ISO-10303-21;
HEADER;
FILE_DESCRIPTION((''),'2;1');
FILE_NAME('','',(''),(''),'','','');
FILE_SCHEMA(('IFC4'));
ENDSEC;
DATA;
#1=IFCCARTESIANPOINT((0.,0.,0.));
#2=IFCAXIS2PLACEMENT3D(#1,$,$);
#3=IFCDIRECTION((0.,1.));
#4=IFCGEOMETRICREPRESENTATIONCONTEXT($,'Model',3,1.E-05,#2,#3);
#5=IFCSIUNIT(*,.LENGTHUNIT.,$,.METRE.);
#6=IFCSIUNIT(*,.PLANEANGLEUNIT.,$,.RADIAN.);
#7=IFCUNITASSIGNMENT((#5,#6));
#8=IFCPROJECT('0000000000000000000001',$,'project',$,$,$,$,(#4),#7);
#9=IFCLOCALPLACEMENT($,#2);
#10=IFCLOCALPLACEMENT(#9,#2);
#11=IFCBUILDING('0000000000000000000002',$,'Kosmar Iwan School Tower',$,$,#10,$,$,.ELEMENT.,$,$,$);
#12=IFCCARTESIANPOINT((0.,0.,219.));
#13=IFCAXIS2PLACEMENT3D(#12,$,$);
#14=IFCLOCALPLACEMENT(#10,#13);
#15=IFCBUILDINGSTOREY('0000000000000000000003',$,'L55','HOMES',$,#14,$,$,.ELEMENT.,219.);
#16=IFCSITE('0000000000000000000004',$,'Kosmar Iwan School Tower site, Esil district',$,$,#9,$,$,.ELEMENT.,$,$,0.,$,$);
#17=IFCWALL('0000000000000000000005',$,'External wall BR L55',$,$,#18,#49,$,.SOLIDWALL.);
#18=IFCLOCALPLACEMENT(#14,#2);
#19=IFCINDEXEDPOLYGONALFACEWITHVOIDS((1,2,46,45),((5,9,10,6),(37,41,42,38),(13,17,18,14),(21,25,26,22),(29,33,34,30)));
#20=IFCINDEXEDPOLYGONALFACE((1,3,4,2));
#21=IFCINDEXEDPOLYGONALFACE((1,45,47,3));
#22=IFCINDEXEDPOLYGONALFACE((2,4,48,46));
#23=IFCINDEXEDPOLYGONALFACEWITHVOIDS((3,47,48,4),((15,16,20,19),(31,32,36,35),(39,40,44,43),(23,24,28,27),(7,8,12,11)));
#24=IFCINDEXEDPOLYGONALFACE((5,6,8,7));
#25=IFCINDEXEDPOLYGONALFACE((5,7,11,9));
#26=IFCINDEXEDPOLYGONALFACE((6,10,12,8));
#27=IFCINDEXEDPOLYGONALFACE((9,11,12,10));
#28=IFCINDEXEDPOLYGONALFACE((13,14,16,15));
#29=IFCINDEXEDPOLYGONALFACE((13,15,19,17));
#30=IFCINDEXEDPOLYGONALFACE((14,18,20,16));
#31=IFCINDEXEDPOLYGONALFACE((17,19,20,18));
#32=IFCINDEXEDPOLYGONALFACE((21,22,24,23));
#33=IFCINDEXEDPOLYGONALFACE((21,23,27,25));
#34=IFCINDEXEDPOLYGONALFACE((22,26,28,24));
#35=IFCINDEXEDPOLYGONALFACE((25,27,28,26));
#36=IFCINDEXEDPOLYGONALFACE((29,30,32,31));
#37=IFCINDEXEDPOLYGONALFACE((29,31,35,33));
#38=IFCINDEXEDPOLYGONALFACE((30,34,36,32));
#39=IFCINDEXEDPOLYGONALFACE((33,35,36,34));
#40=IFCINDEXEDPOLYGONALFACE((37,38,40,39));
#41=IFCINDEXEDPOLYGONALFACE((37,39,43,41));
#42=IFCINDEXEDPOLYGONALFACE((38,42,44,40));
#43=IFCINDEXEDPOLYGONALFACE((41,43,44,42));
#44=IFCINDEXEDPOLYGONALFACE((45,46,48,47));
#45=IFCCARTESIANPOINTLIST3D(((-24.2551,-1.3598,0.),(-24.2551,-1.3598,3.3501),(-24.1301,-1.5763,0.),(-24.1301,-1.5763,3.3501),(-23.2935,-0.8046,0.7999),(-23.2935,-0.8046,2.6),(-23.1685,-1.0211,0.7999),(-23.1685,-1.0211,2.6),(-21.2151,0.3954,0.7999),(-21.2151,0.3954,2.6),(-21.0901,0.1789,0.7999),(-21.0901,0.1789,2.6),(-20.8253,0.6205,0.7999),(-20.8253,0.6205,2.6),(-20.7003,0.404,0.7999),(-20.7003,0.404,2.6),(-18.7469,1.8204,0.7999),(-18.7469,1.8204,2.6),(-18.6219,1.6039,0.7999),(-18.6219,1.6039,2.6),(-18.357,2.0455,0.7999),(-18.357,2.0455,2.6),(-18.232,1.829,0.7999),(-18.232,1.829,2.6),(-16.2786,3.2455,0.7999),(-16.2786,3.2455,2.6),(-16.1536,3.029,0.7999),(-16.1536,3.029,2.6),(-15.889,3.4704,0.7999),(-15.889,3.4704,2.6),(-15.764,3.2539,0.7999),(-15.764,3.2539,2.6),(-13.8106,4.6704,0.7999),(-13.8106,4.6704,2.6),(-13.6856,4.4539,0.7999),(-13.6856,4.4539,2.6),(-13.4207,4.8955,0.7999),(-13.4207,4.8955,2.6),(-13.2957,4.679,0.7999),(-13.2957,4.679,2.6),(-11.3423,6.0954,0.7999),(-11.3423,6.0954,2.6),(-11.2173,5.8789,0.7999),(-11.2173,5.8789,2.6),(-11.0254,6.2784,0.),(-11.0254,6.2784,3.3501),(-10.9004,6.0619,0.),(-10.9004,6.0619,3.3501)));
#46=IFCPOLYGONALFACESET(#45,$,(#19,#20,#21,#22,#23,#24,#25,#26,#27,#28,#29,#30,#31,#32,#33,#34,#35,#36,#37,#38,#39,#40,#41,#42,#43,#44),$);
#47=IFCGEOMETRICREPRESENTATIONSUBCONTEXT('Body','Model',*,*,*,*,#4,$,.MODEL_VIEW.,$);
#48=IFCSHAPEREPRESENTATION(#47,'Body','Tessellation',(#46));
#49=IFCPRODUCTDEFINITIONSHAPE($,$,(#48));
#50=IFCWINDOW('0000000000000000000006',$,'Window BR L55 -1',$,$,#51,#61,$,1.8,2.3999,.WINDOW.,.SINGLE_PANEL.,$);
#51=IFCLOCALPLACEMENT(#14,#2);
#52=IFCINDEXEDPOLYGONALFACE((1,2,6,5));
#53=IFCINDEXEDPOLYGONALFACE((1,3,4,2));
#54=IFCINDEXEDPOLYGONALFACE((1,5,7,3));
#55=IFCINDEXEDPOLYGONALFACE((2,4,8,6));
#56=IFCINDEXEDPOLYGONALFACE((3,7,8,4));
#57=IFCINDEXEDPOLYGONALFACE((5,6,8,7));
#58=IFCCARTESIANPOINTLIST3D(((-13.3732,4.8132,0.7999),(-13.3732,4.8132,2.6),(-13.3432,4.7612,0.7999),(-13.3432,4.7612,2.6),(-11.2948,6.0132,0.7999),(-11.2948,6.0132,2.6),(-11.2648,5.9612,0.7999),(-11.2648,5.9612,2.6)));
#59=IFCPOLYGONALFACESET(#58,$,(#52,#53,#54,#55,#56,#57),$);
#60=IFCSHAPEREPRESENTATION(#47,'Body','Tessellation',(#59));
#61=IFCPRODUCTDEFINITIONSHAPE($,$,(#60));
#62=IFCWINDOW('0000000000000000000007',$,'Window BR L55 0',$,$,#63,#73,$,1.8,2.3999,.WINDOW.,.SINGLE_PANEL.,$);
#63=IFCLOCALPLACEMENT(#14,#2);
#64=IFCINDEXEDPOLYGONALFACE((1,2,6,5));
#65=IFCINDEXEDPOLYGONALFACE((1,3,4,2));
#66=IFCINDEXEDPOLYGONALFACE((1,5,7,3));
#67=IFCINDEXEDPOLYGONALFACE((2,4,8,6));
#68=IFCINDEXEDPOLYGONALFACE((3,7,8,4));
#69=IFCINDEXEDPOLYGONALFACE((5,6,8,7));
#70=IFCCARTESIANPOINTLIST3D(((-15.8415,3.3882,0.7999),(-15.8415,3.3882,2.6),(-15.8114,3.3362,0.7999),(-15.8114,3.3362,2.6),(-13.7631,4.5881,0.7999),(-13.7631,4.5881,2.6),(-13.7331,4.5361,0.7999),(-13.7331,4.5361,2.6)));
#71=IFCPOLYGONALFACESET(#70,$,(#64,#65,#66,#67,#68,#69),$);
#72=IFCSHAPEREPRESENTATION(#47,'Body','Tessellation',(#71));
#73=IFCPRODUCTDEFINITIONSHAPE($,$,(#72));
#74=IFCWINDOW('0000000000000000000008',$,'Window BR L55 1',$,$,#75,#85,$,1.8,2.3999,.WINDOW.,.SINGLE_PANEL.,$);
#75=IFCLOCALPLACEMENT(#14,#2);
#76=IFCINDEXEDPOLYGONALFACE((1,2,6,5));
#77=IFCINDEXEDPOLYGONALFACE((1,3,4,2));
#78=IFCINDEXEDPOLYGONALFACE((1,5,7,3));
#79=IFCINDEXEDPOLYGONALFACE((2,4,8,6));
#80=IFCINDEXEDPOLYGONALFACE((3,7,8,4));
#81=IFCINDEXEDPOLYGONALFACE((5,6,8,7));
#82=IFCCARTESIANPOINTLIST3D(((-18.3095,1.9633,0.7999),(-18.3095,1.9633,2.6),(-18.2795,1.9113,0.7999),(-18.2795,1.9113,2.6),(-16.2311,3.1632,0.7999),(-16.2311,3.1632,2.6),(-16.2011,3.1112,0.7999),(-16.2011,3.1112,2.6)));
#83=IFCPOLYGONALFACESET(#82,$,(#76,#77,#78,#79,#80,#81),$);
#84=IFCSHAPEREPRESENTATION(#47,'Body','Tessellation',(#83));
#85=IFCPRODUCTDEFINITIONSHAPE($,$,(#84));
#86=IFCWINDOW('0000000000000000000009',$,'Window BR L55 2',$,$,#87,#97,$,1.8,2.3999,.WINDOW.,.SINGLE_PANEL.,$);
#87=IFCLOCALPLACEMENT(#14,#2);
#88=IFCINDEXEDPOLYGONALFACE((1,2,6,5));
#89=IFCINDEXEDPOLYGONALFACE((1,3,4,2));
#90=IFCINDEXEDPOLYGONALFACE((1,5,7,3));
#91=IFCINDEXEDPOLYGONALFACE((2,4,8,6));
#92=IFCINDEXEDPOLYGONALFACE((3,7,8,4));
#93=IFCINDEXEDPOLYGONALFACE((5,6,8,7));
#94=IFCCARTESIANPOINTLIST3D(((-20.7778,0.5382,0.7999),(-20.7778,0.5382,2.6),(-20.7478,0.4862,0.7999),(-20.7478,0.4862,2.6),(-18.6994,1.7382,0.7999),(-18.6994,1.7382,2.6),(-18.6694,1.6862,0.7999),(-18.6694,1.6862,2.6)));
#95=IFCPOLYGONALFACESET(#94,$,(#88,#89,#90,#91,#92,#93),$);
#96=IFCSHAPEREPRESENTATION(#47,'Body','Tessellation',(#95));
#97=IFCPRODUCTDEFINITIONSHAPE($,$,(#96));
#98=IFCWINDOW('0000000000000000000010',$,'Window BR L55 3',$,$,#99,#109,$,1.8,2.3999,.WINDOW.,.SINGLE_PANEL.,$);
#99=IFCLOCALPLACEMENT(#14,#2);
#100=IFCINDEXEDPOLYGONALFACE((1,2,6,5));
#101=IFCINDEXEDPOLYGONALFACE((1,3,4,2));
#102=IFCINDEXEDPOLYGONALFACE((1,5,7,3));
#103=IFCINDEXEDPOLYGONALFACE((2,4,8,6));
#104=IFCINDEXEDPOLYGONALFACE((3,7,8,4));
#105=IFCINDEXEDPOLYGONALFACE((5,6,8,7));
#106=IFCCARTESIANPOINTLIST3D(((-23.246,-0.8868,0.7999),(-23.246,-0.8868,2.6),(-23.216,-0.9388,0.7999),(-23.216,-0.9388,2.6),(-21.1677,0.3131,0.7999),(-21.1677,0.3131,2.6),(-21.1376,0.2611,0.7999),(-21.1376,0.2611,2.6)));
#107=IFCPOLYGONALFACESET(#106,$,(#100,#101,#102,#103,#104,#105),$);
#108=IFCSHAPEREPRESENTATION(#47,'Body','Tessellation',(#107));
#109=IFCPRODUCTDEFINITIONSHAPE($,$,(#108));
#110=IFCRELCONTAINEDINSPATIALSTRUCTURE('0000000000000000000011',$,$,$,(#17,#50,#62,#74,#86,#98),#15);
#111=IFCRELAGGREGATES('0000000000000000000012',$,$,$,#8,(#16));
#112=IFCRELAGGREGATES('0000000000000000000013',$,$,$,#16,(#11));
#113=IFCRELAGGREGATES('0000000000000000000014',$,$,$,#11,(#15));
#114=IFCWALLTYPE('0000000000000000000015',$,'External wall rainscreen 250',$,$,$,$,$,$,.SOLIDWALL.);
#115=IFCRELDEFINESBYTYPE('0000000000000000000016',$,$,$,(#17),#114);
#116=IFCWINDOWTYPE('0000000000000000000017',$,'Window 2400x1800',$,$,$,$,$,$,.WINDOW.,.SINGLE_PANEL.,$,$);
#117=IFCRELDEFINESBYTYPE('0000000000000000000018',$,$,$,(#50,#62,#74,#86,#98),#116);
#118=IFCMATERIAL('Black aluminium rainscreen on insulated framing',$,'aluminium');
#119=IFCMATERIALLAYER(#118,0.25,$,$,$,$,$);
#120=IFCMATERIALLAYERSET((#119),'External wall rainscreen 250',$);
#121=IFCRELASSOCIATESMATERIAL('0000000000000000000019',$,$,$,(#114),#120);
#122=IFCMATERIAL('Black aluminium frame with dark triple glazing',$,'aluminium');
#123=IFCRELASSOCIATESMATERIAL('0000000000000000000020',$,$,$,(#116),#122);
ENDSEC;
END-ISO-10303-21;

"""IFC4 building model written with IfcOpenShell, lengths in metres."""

from ifc_helpers import new_model, si_unit, direction, frame, frame_2d, origin, place, context, subcontext, project, spatial, rectangle, extrude, material, layer, layer_set, type_object, element, fill, save


model = new_model("IFC4")

# Units and contexts
model_context = context("Model", 3, precision=1e-05, world=origin(), true_north=direction((0.0, 1.0)))
body_context = subcontext(model_context, "Body", "Model", "MODEL_VIEW")
ifc_project = project(units=[si_unit("LENGTHUNIT", "METRE"), si_unit("PLANEANGLEUNIT", "RADIAN")], contexts=[model_context])

# Site, building, storey
site_placement = place(None, origin())
site = spatial("IfcSite", under=ifc_project, at=site_placement, Name="Kosmar Iwan School Tower site, Esil district", CompositionType="ELEMENT", RefElevation=0.0)
building_placement = place(site_placement, origin())
building = spatial("IfcBuilding", under=site, at=building_placement, Name="Kosmar Iwan School Tower", CompositionType="ELEMENT")
storey_placement = place(building_placement, frame((0.0, 0.0, 219.0)))
storey = spatial("IfcBuildingStorey", under=building, at=storey_placement, Name="L55", Description="HOMES", CompositionType="ELEMENT", Elevation=219.0)

# Wall, openings, windows
ifc_material_1 = material(Name="Black aluminium rainscreen on insulated framing", Category="aluminium")
ifc_layer_1 = layer(ifc_material_1, 0.25)
ifc_layer_set_1 = layer_set([ifc_layer_1], Name="External wall rainscreen 250")
wall_type_1 = type_object("IfcWallType", Name="External wall rainscreen 250", PredefinedType="SOLIDWALL", material=ifc_layer_set_1)
ifc_material_2 = material(Name="Black aluminium frame with dark triple glazing", Category="aluminium")
window_type = type_object("IfcWindowType", Name="Window 2400x1800", PartitioningType="SINGLE_PANEL", PredefinedType="WINDOW", material=ifc_material_2)
wall_1_placement = place(storey_placement, frame((-10.9629, 6.1702, 0.0), z_axis=(0.0, 0.0, 1.0), x_axis=(-0.866026, -0.5, 0.0)))
wall_1 = element("IfcWall", 1, at=wall_1_placement, inside=storey, type_object=wall_type_1, Name="External wall BR L55", PredefinedType="SOLIDWALL", context=body_context, shape_type="SweptSolid", body=[
    extrude(rectangle(XDim=15.2764, YDim=0.25, at=frame_2d((7.6382, 0.0))), origin(), (0.0, 0.0, 1.0), 3.3501),
])
opening_1_placement = place(wall_1_placement, frame((0.366, 0.0, 0.8)))
opening_1 = element("IfcOpeningElement", 2, at=opening_1_placement, cuts=wall_1, PredefinedType="OPENING", context=body_context, shape_type="SweptSolid", body=[
    extrude(rectangle(XDim=2.3999, YDim=1.8, at=frame_2d((1.2, 0.8999))), frame((0.0, 0.137, 0.0), z_axis=(0.0, -1.0, 0.0), x_axis=(1.0, 0.0, 0.0)), (0.0, 0.0, 1.0), 0.2739),
])
opening_2_placement = place(wall_1_placement, frame((3.2161, 0.0, 0.8)))
opening_2 = element("IfcOpeningElement", 3, at=opening_2_placement, cuts=wall_1, PredefinedType="OPENING", context=body_context, shape_type="SweptSolid", body=[
    extrude(rectangle(XDim=2.3999, YDim=1.8, at=frame_2d((1.2, 0.8999))), frame((0.0, 0.137, 0.0), z_axis=(0.0, -1.0, 0.0), x_axis=(1.0, 0.0, 0.0)), (0.0, 0.0, 1.0), 0.2739),
])
opening_3_placement = place(wall_1_placement, frame((6.0659, 0.0, 0.8)))
opening_3 = element("IfcOpeningElement", 4, at=opening_3_placement, cuts=wall_1, PredefinedType="OPENING", context=body_context, shape_type="SweptSolid", body=[
    extrude(rectangle(XDim=2.3999, YDim=1.8, at=frame_2d((1.2, 0.8999))), frame((0.0, 0.137, 0.0), z_axis=(0.0, -1.0, 0.0), x_axis=(1.0, 0.0, 0.0)), (0.0, 0.0, 1.0), 0.2739),
])
opening_4_placement = place(wall_1_placement, frame((8.916, 0.0, 0.8)))
opening_4 = element("IfcOpeningElement", 5, at=opening_4_placement, cuts=wall_1, PredefinedType="OPENING", context=body_context, shape_type="SweptSolid", body=[
    extrude(rectangle(XDim=2.3999, YDim=1.8, at=frame_2d((1.2, 0.8999))), frame((0.0, 0.137, 0.0), z_axis=(0.0, -1.0, 0.0), x_axis=(1.0, 0.0, 0.0)), (0.0, 0.0, 1.0), 0.2739),
])
opening_5_placement = place(wall_1_placement, frame((11.7661, 0.0, 0.8)))
opening_5 = element("IfcOpeningElement", 6, at=opening_5_placement, cuts=wall_1, PredefinedType="OPENING", context=body_context, shape_type="SweptSolid", body=[
    extrude(rectangle(XDim=2.3999, YDim=1.8, at=frame_2d((1.2, 0.8999))), frame((0.0, 0.137, 0.0), z_axis=(0.0, -1.0, 0.0), x_axis=(1.0, 0.0, 0.0)), (0.0, 0.0, 1.0), 0.2739),
])
window_1_placement = place(opening_1_placement, origin())
window_1 = element("IfcWindow", 7, at=window_1_placement, inside=storey, type_object=window_type, Name="Window BR L55 -1", OverallHeight=1.8, OverallWidth=2.3999, PartitioningType="SINGLE_PANEL", PredefinedType="WINDOW", context=body_context, shape_type="SweptSolid", body=[
    extrude(rectangle(XDim=2.3999, YDim=1.8, at=frame_2d((1.2, 0.8999))), frame((0.0, 0.03, 0.0), z_axis=(0.0, -1.0, 0.0), x_axis=(1.0, 0.0, 0.0)), (0.0, 0.0, 1.0), 0.0601),
])
fill(opening_1, window_1)
window_2_placement = place(opening_2_placement, origin())
window_2 = element("IfcWindow", 8, at=window_2_placement, inside=storey, type_object=window_type, Name="Window BR L55 0", OverallHeight=1.8, OverallWidth=2.3999, PartitioningType="SINGLE_PANEL", PredefinedType="WINDOW", context=body_context, shape_type="SweptSolid", body=[
    extrude(rectangle(XDim=2.3999, YDim=1.8, at=frame_2d((1.2, 0.8999))), frame((0.0, 0.03, 0.0), z_axis=(0.0, -1.0, 0.0), x_axis=(1.0, 0.0, 0.0)), (0.0, 0.0, 1.0), 0.0601),
])
fill(opening_2, window_2)
window_3_placement = place(opening_3_placement, origin())
window_3 = element("IfcWindow", 9, at=window_3_placement, inside=storey, type_object=window_type, Name="Window BR L55 1", OverallHeight=1.8, OverallWidth=2.3999, PartitioningType="SINGLE_PANEL", PredefinedType="WINDOW", context=body_context, shape_type="SweptSolid", body=[
    extrude(rectangle(XDim=2.3999, YDim=1.8, at=frame_2d((1.2, 0.8999))), frame((0.0, 0.03, 0.0), z_axis=(0.0, -1.0, 0.0), x_axis=(1.0, 0.0, 0.0)), (0.0, 0.0, 1.0), 0.0601),
])
fill(opening_3, window_3)
window_4_placement = place(opening_4_placement, origin())
window_4 = element("IfcWindow", 10, at=window_4_placement, inside=storey, type_object=window_type, Name="Window BR L55 2", OverallHeight=1.8, OverallWidth=2.3999, PartitioningType="SINGLE_PANEL", PredefinedType="WINDOW", context=body_context, shape_type="SweptSolid", body=[
    extrude(rectangle(XDim=2.3999, YDim=1.8, at=frame_2d((1.2, 0.8999))), frame((0.0, 0.03, 0.0), z_axis=(0.0, -1.0, 0.0), x_axis=(1.0, 0.0, 0.0)), (0.0, 0.0, 1.0), 0.0601),
])
fill(opening_4, window_4)
window_5_placement = place(opening_5_placement, origin())
window_5 = element("IfcWindow", 11, at=window_5_placement, inside=storey, type_object=window_type, Name="Window BR L55 3", OverallHeight=1.8, OverallWidth=2.3999, PartitioningType="SINGLE_PANEL", PredefinedType="WINDOW", context=body_context, shape_type="SweptSolid", body=[
    extrude(rectangle(XDim=2.3999, YDim=1.8, at=frame_2d((1.2, 0.8999))), frame((0.0, 0.03, 0.0), z_axis=(0.0, -1.0, 0.0), x_axis=(1.0, 0.0, 0.0)), (0.0, 0.0, 1.0), 0.0601),
])
fill(opening_5, window_5)

save(model, "model.ifc")
